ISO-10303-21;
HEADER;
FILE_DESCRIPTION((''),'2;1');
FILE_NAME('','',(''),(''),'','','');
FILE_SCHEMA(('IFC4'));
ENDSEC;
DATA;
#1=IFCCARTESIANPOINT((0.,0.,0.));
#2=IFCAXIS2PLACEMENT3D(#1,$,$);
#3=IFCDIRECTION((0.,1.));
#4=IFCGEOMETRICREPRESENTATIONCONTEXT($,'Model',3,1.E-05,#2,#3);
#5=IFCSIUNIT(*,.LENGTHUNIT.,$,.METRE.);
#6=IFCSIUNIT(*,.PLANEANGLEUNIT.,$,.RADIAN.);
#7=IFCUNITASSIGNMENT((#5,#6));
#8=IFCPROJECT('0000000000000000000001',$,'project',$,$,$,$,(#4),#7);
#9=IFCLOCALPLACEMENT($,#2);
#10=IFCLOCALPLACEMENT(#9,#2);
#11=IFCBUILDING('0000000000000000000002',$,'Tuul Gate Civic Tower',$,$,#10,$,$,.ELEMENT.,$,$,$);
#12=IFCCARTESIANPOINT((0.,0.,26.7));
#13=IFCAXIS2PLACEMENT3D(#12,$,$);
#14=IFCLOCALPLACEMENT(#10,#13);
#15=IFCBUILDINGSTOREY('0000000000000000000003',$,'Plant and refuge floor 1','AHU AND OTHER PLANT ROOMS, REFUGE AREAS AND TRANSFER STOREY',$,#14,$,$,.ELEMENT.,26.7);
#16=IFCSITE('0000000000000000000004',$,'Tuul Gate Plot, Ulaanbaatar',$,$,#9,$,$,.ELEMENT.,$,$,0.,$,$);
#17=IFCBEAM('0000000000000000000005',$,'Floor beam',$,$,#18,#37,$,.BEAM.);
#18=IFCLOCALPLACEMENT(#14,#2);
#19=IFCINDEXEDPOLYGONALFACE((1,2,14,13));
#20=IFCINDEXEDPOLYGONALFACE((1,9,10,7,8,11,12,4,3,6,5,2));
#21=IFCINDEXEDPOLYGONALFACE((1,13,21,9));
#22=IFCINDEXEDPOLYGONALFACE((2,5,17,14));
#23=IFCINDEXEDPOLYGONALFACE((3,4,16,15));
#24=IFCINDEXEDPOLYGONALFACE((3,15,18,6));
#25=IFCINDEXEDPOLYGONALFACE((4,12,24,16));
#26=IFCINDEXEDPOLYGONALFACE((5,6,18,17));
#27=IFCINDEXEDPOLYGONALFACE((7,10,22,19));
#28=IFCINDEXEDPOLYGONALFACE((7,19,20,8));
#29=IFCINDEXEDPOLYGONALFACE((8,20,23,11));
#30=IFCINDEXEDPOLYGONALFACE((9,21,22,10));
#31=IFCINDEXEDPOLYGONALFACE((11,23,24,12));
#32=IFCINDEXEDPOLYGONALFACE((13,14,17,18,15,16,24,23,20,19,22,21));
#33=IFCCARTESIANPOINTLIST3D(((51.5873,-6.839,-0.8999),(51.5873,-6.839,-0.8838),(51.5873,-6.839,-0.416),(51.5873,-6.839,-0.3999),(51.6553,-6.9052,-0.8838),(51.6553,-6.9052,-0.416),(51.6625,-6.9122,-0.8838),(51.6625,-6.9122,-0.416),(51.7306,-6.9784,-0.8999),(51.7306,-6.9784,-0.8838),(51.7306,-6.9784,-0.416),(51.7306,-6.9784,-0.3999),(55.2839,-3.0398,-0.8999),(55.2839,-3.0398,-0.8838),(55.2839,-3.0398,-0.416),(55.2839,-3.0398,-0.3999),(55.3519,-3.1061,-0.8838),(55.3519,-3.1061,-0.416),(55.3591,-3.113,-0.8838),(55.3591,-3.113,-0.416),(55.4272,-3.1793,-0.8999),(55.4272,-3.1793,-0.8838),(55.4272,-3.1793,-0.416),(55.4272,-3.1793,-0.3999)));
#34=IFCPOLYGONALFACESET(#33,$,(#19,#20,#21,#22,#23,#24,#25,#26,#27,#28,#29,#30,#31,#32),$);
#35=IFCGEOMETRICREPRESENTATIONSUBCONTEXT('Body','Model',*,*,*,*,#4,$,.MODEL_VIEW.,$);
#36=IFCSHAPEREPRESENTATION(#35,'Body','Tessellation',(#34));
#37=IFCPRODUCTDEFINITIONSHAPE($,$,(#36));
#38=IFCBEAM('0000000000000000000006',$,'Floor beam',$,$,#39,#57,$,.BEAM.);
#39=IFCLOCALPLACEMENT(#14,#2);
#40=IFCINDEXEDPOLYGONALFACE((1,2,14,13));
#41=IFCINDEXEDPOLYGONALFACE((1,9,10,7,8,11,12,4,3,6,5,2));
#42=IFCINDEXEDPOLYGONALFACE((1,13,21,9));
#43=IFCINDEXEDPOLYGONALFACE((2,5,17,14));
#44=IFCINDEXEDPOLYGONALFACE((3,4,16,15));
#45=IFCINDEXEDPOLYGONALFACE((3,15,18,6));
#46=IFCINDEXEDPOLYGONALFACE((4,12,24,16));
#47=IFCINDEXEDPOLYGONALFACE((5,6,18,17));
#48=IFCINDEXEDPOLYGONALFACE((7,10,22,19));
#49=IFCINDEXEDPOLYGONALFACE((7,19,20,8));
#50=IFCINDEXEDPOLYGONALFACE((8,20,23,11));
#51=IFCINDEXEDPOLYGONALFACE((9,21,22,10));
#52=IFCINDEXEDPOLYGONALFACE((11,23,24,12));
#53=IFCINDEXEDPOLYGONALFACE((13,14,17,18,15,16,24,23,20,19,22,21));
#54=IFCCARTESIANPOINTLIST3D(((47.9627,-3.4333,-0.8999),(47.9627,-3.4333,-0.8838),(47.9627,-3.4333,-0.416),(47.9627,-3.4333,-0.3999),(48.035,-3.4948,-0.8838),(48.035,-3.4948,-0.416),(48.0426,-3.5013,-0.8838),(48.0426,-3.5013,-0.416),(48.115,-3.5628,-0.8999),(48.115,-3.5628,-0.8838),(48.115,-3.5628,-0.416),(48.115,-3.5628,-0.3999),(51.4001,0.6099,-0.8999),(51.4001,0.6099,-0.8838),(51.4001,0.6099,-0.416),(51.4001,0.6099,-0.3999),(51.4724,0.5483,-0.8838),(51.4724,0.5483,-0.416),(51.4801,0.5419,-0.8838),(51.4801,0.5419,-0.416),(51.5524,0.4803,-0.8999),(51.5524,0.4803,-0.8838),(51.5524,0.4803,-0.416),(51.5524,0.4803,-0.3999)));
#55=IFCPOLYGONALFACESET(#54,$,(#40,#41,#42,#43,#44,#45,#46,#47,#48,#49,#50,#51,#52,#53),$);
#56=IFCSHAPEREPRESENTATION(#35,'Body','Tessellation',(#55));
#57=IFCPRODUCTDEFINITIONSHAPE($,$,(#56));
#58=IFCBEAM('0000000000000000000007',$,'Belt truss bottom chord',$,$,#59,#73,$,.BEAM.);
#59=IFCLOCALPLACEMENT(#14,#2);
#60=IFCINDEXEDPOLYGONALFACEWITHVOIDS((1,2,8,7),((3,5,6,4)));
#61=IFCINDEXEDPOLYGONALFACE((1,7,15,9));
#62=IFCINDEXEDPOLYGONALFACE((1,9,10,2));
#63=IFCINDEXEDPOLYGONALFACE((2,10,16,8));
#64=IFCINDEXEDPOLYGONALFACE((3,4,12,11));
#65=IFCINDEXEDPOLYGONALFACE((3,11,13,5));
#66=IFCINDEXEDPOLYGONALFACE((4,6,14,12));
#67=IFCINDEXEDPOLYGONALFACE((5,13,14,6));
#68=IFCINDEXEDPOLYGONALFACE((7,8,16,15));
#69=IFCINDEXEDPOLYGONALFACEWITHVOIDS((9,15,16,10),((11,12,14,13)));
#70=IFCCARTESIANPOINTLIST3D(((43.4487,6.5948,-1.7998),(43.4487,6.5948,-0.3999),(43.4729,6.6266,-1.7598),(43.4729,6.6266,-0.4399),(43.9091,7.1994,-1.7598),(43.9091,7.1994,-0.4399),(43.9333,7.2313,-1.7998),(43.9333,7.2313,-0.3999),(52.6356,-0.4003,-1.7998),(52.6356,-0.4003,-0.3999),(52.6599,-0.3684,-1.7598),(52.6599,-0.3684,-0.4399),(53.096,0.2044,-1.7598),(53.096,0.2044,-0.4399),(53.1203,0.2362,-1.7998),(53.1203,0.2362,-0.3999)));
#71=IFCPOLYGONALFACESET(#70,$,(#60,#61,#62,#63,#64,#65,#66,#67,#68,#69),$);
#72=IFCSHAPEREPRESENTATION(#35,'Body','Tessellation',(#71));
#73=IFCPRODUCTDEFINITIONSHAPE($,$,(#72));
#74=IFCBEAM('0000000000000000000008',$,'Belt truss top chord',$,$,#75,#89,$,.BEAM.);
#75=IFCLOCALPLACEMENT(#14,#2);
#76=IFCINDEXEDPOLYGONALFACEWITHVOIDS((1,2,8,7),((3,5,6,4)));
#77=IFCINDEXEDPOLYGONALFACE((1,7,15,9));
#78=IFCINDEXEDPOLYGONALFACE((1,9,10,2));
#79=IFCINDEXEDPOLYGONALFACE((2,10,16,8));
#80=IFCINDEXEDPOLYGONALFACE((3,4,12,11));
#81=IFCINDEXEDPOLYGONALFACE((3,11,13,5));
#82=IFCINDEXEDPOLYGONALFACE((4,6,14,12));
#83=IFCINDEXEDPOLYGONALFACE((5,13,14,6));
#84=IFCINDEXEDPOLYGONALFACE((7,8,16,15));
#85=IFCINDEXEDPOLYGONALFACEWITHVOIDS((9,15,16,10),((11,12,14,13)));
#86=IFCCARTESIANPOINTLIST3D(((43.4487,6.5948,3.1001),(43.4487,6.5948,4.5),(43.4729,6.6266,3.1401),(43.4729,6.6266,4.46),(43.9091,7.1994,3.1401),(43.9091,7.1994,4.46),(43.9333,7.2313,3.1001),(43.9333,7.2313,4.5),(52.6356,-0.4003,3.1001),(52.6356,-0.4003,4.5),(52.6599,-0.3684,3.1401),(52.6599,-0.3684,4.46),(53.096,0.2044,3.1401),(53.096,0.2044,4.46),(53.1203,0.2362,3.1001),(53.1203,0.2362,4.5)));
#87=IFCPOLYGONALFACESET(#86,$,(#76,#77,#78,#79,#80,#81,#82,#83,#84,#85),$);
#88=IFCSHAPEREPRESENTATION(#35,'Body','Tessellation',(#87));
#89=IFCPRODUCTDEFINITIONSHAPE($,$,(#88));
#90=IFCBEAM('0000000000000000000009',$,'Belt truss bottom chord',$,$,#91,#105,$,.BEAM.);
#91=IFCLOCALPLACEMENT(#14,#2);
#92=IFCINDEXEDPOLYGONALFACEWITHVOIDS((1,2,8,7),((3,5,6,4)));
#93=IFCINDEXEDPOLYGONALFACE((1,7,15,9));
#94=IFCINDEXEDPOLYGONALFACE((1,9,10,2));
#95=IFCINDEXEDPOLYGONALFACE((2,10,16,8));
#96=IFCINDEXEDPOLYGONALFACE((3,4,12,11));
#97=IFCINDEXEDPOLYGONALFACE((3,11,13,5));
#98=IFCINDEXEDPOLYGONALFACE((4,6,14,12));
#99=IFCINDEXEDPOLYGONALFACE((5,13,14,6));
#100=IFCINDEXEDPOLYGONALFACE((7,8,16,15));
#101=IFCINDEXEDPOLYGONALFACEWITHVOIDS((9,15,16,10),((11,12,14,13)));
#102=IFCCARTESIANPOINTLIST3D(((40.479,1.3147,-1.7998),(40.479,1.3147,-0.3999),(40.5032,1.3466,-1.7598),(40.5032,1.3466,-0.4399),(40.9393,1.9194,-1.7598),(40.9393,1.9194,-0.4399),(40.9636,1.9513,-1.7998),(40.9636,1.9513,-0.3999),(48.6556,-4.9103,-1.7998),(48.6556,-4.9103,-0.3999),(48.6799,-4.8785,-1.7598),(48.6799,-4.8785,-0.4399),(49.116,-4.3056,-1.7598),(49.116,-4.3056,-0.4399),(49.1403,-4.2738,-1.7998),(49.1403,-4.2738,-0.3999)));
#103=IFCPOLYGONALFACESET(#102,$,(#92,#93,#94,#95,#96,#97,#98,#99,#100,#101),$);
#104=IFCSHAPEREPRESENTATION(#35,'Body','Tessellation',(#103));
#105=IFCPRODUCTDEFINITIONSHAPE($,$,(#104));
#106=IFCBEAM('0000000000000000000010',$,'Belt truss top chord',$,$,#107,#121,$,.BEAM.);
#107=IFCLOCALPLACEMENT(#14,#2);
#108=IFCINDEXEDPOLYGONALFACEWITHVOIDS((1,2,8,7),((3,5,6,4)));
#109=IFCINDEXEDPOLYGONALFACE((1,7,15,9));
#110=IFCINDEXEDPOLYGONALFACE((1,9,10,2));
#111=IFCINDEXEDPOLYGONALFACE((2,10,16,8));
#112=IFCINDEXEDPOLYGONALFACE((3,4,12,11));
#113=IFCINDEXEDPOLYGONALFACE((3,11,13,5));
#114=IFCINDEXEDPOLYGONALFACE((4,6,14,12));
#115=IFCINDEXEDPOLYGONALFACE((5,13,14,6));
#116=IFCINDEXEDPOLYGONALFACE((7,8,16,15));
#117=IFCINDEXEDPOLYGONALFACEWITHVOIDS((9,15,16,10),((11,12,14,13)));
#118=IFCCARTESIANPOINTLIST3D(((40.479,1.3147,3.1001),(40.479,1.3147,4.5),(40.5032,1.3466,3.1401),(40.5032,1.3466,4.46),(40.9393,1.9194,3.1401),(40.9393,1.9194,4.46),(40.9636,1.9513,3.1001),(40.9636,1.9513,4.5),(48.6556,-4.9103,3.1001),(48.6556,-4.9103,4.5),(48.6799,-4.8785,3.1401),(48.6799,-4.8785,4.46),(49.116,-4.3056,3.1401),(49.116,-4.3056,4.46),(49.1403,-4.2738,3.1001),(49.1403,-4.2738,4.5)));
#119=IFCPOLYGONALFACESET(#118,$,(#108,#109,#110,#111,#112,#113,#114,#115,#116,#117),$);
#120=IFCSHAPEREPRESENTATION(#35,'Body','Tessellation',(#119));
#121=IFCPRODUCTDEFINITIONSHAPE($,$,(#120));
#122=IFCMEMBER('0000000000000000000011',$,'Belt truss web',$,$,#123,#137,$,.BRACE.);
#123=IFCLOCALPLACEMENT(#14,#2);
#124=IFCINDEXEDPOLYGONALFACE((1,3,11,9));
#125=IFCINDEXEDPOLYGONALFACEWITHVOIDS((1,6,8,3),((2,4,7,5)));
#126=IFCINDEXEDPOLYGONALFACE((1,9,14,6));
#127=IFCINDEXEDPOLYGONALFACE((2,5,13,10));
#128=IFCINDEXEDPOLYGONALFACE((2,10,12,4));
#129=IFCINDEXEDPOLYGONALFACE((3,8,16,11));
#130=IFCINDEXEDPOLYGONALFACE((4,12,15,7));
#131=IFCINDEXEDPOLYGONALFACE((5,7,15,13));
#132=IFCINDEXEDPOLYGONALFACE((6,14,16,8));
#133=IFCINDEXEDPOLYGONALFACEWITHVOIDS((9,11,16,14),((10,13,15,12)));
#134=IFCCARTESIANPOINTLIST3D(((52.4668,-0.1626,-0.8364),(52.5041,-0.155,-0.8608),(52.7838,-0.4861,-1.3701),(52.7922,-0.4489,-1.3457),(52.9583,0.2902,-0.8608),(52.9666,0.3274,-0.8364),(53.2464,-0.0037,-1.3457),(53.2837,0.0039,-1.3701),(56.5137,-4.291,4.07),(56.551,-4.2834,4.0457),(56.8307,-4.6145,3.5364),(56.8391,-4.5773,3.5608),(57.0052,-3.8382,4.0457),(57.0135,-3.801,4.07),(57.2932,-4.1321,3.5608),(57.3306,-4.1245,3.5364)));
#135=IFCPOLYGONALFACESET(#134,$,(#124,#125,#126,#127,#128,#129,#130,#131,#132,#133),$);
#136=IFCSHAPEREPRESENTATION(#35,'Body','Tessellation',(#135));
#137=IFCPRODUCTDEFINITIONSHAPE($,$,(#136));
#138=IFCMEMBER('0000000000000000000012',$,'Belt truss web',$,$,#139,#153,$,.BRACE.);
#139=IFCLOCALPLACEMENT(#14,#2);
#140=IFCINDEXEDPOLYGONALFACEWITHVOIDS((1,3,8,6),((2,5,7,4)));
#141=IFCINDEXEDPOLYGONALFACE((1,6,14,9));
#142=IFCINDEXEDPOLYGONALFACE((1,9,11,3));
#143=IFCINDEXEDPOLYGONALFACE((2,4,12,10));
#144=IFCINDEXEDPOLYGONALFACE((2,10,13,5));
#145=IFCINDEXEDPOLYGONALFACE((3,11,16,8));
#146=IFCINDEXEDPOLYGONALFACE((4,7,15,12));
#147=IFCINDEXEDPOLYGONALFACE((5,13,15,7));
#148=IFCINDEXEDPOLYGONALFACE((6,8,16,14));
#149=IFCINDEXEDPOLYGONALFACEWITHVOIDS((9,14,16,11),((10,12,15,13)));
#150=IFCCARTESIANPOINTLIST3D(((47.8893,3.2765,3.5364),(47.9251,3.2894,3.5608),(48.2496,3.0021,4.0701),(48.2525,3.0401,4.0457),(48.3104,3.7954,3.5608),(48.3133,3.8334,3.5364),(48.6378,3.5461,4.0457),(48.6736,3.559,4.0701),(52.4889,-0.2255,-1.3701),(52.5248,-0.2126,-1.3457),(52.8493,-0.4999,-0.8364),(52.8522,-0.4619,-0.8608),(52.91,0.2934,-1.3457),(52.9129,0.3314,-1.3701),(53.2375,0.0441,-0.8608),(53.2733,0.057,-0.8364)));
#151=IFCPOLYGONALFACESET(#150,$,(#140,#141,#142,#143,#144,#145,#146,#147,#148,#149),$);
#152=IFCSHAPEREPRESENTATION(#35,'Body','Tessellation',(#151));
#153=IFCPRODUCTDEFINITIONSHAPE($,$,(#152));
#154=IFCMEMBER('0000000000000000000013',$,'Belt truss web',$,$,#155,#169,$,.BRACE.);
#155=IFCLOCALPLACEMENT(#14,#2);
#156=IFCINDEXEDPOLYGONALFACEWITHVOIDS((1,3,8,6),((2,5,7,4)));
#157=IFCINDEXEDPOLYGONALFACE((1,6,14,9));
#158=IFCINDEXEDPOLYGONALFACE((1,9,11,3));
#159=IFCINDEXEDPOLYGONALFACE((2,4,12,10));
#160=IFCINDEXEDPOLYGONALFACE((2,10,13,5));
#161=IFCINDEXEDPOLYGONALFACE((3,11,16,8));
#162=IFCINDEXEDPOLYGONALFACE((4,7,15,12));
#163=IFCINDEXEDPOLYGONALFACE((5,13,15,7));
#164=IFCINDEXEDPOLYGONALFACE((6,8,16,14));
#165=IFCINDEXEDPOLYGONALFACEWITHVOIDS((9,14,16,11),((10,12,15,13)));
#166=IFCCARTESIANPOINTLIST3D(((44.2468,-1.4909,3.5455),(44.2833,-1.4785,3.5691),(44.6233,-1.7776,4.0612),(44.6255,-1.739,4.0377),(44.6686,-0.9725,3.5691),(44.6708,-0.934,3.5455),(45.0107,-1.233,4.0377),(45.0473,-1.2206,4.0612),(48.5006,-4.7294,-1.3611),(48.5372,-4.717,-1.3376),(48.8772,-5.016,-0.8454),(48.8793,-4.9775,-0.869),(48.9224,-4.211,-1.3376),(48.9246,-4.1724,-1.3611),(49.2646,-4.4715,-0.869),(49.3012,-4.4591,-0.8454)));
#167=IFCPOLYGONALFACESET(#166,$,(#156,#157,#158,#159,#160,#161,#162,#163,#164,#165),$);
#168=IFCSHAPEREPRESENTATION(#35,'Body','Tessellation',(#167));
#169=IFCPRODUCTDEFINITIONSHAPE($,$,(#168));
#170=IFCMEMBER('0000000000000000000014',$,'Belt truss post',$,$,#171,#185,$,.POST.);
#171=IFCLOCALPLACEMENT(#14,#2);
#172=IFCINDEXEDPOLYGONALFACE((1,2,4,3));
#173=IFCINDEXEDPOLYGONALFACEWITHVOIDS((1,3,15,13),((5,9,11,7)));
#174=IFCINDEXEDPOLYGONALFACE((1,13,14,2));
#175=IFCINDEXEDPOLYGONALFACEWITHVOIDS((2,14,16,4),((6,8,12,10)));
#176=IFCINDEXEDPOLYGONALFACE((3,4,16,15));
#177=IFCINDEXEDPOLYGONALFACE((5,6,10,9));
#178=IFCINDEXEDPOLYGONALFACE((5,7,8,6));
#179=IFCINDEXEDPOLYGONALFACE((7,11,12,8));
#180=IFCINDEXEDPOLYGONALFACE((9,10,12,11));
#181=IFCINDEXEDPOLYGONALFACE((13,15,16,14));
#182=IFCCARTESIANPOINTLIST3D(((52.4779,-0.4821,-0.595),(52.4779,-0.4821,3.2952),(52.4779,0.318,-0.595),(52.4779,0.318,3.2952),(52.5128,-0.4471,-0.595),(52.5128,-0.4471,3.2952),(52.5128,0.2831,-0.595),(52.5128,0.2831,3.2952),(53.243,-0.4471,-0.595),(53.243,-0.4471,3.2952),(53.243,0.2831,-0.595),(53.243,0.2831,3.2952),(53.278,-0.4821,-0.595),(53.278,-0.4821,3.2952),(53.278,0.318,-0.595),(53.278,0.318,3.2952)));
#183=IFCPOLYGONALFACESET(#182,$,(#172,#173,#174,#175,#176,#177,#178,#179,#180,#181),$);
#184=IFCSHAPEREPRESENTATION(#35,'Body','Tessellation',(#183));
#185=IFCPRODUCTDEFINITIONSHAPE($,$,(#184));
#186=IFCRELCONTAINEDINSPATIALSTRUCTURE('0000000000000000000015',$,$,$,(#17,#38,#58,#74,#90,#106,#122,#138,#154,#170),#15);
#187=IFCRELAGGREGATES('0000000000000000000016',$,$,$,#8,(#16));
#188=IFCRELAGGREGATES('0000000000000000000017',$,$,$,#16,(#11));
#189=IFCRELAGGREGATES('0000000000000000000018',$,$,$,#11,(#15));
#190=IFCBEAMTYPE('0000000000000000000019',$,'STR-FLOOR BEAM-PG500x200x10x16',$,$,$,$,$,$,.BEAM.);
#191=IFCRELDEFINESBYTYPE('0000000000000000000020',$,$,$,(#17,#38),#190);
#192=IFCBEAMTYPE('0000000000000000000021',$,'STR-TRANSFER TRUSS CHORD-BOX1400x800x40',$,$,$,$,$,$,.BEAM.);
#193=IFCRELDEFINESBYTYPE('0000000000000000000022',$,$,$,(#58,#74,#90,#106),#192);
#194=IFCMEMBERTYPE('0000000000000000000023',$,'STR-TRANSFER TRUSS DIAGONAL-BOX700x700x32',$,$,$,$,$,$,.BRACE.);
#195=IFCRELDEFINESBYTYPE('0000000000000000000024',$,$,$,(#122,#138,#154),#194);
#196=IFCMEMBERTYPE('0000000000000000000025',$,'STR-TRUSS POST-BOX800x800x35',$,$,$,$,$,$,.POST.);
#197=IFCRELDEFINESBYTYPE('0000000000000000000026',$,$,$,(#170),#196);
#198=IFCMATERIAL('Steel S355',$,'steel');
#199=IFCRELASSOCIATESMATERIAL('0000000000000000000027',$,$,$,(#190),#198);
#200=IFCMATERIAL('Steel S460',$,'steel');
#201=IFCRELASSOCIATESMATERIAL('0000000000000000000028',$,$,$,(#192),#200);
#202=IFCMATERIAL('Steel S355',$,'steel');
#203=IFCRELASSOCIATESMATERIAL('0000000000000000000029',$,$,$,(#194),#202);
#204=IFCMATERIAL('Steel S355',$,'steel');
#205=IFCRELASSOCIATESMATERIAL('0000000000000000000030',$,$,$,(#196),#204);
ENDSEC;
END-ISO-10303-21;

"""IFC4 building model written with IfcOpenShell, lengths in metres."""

from ifc_helpers import new_model, si_unit, direction, frame, origin, origin_2d, place, context, subcontext, project, spatial, hollow_rectangle, i_section, extrude, material, material_profile, profile_set, type_object, element, save


model = new_model("IFC4")

# Units and contexts
model_context = context("Model", 3, precision=1e-05, world=origin(), true_north=direction((0.0, 1.0)))
body_context = subcontext(model_context, "Body", "Model", "MODEL_VIEW")
ifc_project = project(units=[si_unit("LENGTHUNIT", "METRE"), si_unit("PLANEANGLEUNIT", "RADIAN")], contexts=[model_context])

# Site, building, storey
site_placement = place(None, origin())
site = spatial("IfcSite", under=ifc_project, at=site_placement, Name="Tuul Gate Plot, Ulaanbaatar", CompositionType="ELEMENT", RefElevation=0.0)
building_placement = place(site_placement, origin())
building = spatial("IfcBuilding", under=site, at=building_placement, Name="Tuul Gate Civic Tower", CompositionType="ELEMENT")
storey_placement = place(building_placement, frame((0.0, 0.0, 26.7)))
storey = spatial("IfcBuildingStorey", under=building, at=storey_placement, Name="Plant and refuge floor 1", Description="AHU AND OTHER PLANT ROOMS, REFUGE AREAS AND TRANSFER STOREY", CompositionType="ELEMENT", Elevation=26.7)

# Beams
ifc_material_1 = material(Name="Steel S355", Category="steel")
ifc_material_profile_1 = material_profile(ifc_material_1, i_section(OverallWidth=0.2, OverallDepth=0.5, WebThickness=0.01, FlangeThickness=0.0161, at=origin_2d()), Name="PG500x200x10x16")
ifc_profile_set_1 = profile_set([ifc_material_profile_1], Name="Steel S355")
beam_type_1 = type_object("IfcBeamType", Name="STR-FLOOR BEAM-PG500x200x10x16", PredefinedType="BEAM", material=ifc_profile_set_1)
beam_1_placement = place(storey_placement, frame((51.6589, -6.9087, -0.6499), z_axis=(0.697368, 0.716713, 0.0), x_axis=(-0.716713, 0.697368, 0.0)))
element("IfcBeam", 1, at=beam_1_placement, inside=storey, type_object=beam_type_1, Name="Floor beam", PredefinedType="BEAM", context=body_context, shape_type="SweptSolid", body=[
    extrude(i_section(OverallWidth=0.2, OverallDepth=0.5, WebThickness=0.01, FlangeThickness=0.0161, at=origin_2d()), origin(), (0.0, 0.0, 1.0), 5.3008),
])
beam_2_placement = place(storey_placement, frame((48.0388, -3.498, -0.6499), z_axis=(0.647733, 0.761868, 0.0), x_axis=(-0.761868, 0.647733, 0.0)))
element("IfcBeam", 2, at=beam_2_placement, inside=storey, type_object=beam_type_1, Name="Floor beam", PredefinedType="BEAM", context=body_context, shape_type="SweptSolid", body=[
    extrude(i_section(OverallWidth=0.2, OverallDepth=0.5, WebThickness=0.01, FlangeThickness=0.0161, at=origin_2d()), origin(), (0.0, 0.0, 1.0), 5.3069),
])
ifc_material_2 = material(Name="Steel S460", Category="steel")
ifc_material_profile_2 = material_profile(ifc_material_2, hollow_rectangle(XDim=0.8, YDim=1.3999, WallThickness=0.04, at=origin_2d()), Name="BOX1400x800x40")
ifc_profile_set_2 = profile_set([ifc_material_profile_2], Name="Steel S460")
beam_type_2 = type_object("IfcBeamType", Name="STR-TRANSFER TRUSS CHORD-BOX1400x800x40", PredefinedType="BEAM", material=ifc_profile_set_2)
for number, where, z_axis, x_axis, name in (
    (3, (52.8779, -0.082, -1.0999), (-0.79562, 0.605796, 0.0), (-0.605796, -0.79562, 0.0), "Belt truss bottom chord"),
    (4, (52.8779, -0.082, 3.8), (-0.79562, 0.605796, 0.0), (-0.605796, -0.79562, 0.0), "Belt truss top chord"),
):
    element("IfcBeam", number, at=place(storey_placement, frame(where, z_axis=z_axis, x_axis=x_axis)), inside=storey, type_object=beam_type_2, Name=name, PredefinedType="BEAM", context=body_context, shape_type="SweptSolid", body=[
        extrude(hollow_rectangle(XDim=0.8, YDim=1.3999, WallThickness=0.04, at=origin_2d()), origin(), (0.0, 0.0, 1.0), 11.5469),
    ])
for number, where, z_axis, x_axis, name in (
    (5, (48.8979, -4.592, -1.0999), (-0.795657, 0.605747, 0.0), (-0.605747, -0.795657, 0.0), "Belt truss bottom chord"),
    (6, (48.8979, -4.592, 3.8), (-0.795657, 0.605747, 0.0), (-0.605747, -0.795657, 0.0), "Belt truss top chord"),
):
    element("IfcBeam", number, at=place(storey_placement, frame(where, z_axis=z_axis, x_axis=x_axis)), inside=storey, type_object=beam_type_2, Name=name, PredefinedType="BEAM", context=body_context, shape_type="SweptSolid", body=[
        extrude(hollow_rectangle(XDim=0.8, YDim=1.3999, WallThickness=0.04, at=origin_2d()), origin(), (0.0, 0.0, 1.0), 10.2766),
    ])

# Members
ifc_material_3 = material(Name="Steel S355", Category="steel")
ifc_material_profile_3 = material_profile(ifc_material_3, hollow_rectangle(XDim=0.7, YDim=0.7, WallThickness=0.032, at=origin_2d()), Name="BOX700x700x32")
ifc_profile_set_3 = profile_set([ifc_material_profile_3], Name="Steel S355")
member_type_1 = type_object("IfcMemberType", Name="STR-TRANSFER TRUSS DIAGONAL-BOX700x700x32", PredefinedType="BRACE", material=ifc_profile_set_3)
for number, where, z_axis, x_axis, name in (
    (7, (52.8752, -0.0793, -1.1033), (0.533711, -0.544465, 0.647079), (0.714124, 0.700019, 0.0), "Belt truss web"),
    (8, (52.8811, -0.0842, -1.1033), (-0.606611, 0.461849, 0.647084), (-0.605768, -0.795641, 0.0), "Belt truss web"),
):
    element("IfcMember", number, at=place(storey_placement, frame(where, z_axis=z_axis, x_axis=x_axis)), inside=storey, type_object=member_type_1, Name=name, PredefinedType="BRACE", context=body_context, shape_type="SweptSolid", body=[
        extrude(hollow_rectangle(XDim=0.7, YDim=0.7, WallThickness=0.032, at=origin_2d()), origin(), (0.0, 0.0, 1.0), 7.5825),
    ])
member_placement = place(storey_placement, frame((48.9009, -4.5942, -1.1033), z_axis=(-0.586203, 0.44628, 0.676166), x_axis=(-0.605742, -0.795661, 0.0)))
element("IfcMember", 9, at=member_placement, inside=storey, type_object=member_type_1, Name="Belt truss web", PredefinedType="BRACE", context=body_context, shape_type="SweptSolid", body=[
    extrude(hollow_rectangle(XDim=0.7, YDim=0.7, WallThickness=0.032, at=origin_2d()), origin(), (0.0, 0.0, 1.0), 7.2566),
])
ifc_material_4 = material(Name="Steel S355", Category="steel")
ifc_material_profile_4 = material_profile(ifc_material_4, hollow_rectangle(XDim=0.8, YDim=0.8, WallThickness=0.0349, at=origin_2d()), Name="BOX800x800x35")
ifc_profile_set_4 = profile_set([ifc_material_profile_4], Name="Steel S355")
member_type_2 = type_object("IfcMemberType", Name="STR-TRUSS POST-BOX800x800x35", PredefinedType="POST", material=ifc_profile_set_4)
for number, where, z_axis, x_axis, name in (
    (10, (52.8779, -0.082, -0.595), (0.0, 0.0, 1.0), (1.0, 0.0, 0.0), "Belt truss post"),
):
    element("IfcMember", number, at=place(storey_placement, frame(where, z_axis=z_axis, x_axis=x_axis)), inside=storey, type_object=member_type_2, Name=name, PredefinedType="POST", context=body_context, shape_type="SweptSolid", body=[
        extrude(hollow_rectangle(XDim=0.8, YDim=0.8, WallThickness=0.0349, at=origin_2d()), origin(), (0.0, 0.0, 1.0), 3.8901),
    ])

save(model, "model.ifc")
